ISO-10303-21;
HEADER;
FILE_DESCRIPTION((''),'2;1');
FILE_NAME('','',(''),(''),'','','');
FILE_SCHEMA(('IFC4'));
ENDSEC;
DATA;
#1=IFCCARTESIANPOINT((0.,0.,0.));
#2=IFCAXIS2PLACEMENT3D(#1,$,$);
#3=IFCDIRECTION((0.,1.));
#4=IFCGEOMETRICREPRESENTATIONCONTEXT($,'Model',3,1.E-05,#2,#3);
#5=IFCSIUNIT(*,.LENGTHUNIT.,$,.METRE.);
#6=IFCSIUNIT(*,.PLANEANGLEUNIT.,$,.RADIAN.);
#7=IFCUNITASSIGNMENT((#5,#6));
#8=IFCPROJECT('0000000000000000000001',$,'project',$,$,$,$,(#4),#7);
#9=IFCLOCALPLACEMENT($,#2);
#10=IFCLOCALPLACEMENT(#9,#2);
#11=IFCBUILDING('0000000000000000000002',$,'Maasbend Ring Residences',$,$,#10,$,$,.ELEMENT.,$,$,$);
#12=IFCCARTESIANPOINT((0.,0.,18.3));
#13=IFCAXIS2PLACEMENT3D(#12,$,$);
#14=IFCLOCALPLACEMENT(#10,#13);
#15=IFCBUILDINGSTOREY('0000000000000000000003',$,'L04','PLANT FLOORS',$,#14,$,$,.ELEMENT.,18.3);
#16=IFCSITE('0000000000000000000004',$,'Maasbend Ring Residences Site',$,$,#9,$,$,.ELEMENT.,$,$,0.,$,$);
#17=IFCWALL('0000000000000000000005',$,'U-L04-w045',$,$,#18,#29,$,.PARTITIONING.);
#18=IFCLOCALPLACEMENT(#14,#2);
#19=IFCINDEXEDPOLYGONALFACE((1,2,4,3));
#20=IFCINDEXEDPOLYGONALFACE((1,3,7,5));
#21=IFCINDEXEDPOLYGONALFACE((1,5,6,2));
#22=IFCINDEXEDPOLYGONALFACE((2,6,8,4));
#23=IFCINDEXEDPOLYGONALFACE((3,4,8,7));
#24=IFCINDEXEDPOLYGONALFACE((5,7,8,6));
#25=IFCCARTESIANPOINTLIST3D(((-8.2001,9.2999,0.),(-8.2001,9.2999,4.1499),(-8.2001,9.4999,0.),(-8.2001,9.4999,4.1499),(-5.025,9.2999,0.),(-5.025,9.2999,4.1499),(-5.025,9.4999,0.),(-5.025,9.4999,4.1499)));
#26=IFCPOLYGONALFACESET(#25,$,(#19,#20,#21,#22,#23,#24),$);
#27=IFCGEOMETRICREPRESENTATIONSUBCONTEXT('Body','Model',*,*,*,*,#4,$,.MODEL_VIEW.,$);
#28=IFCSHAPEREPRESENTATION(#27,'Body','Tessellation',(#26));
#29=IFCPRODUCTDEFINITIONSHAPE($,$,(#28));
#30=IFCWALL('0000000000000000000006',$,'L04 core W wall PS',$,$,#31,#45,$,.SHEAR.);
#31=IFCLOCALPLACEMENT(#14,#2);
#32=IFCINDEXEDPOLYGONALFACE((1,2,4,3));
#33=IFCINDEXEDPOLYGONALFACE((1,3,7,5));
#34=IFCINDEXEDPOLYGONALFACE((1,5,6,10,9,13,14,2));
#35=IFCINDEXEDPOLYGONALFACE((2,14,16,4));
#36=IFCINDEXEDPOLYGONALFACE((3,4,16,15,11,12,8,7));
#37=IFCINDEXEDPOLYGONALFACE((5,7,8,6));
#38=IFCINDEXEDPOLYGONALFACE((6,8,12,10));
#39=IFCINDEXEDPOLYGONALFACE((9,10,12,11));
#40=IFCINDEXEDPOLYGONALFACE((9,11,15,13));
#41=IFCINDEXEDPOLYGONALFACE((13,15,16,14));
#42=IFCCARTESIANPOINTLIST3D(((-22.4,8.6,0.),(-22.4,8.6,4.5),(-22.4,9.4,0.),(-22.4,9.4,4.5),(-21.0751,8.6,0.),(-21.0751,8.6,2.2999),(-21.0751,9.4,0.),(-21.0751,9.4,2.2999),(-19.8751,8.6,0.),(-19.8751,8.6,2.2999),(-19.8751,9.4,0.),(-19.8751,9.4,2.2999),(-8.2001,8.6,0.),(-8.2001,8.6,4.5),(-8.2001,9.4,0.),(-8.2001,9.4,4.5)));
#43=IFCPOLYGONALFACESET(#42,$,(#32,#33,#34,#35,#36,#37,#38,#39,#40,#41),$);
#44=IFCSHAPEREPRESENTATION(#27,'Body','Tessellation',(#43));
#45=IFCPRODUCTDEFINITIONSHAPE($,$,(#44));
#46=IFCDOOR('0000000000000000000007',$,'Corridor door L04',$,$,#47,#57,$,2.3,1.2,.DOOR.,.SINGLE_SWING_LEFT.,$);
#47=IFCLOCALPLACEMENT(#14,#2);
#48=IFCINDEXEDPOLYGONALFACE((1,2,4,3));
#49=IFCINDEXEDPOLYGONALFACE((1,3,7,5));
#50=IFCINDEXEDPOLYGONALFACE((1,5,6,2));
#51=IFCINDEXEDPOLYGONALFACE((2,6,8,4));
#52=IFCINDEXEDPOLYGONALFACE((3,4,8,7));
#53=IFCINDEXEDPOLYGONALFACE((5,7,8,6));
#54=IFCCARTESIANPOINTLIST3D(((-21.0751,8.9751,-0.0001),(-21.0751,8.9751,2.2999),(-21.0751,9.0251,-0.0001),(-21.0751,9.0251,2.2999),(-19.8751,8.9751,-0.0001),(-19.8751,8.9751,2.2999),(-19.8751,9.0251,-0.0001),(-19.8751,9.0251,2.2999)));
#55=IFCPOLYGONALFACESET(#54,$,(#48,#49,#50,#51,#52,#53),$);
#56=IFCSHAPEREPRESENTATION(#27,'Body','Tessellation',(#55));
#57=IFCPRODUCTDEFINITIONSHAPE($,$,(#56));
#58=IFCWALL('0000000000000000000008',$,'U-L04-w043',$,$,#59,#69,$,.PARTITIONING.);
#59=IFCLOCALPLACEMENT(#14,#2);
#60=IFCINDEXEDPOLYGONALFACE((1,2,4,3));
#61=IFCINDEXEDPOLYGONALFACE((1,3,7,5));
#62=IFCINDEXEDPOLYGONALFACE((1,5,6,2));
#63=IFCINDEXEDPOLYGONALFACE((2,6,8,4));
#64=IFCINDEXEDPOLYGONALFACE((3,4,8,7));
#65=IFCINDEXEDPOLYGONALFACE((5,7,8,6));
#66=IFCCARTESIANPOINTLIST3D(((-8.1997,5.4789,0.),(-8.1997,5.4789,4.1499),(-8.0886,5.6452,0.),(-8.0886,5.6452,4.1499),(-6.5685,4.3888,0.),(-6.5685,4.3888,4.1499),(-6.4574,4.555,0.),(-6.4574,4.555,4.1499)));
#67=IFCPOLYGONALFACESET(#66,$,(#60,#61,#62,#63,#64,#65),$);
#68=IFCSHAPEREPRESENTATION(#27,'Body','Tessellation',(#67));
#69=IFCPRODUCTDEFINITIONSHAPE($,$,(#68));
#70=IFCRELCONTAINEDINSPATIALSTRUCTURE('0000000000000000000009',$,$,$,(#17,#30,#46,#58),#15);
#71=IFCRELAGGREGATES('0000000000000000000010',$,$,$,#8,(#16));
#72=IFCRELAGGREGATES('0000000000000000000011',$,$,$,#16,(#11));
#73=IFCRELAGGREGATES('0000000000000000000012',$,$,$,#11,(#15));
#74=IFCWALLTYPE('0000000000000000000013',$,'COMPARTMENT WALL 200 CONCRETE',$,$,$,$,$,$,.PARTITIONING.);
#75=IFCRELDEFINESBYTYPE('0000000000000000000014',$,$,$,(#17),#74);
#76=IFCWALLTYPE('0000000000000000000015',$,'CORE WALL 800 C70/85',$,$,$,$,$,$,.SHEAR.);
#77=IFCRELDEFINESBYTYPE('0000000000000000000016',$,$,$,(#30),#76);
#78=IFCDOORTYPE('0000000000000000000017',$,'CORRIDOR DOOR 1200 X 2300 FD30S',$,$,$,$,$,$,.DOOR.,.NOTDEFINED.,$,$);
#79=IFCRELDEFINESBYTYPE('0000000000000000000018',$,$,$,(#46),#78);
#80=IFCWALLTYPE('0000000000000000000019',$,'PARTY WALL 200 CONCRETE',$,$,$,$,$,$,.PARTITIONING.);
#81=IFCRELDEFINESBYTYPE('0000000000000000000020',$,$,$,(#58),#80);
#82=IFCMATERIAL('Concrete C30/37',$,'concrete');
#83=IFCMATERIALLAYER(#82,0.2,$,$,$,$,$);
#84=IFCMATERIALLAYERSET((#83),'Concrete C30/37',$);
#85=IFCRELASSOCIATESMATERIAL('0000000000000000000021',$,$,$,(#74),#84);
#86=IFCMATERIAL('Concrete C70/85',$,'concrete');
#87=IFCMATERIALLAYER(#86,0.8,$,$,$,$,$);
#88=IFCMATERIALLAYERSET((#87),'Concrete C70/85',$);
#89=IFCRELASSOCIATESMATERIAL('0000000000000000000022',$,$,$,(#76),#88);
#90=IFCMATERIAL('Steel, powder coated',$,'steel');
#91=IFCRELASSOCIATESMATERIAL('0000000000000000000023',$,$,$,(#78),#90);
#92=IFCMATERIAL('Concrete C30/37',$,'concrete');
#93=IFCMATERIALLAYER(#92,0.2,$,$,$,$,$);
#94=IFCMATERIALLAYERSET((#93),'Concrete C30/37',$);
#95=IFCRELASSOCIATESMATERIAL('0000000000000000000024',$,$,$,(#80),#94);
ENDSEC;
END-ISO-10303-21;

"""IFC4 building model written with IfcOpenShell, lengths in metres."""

from ifc_helpers import new_model, si_unit, direction, frame, frame_2d, origin, place, context, subcontext, project, spatial, rectangle, extrude, material, layer, layer_set, type_object, element, fill, save


model = new_model("IFC4")

# Units and contexts
model_context = context("Model", 3, precision=1e-05, world=origin(), true_north=direction((0.0, 1.0)))
body_context = subcontext(model_context, "Body", "Model", "MODEL_VIEW")
ifc_project = project(units=[si_unit("LENGTHUNIT", "METRE"), si_unit("PLANEANGLEUNIT", "RADIAN")], contexts=[model_context])

# Site, building, storey
site_placement = place(None, origin())
site = spatial("IfcSite", under=ifc_project, at=site_placement, Name="Maasbend Ring Residences Site", CompositionType="ELEMENT", RefElevation=0.0)
building_placement = place(site_placement, origin())
building = spatial("IfcBuilding", under=site, at=building_placement, Name="Maasbend Ring Residences", CompositionType="ELEMENT")
storey_placement = place(building_placement, frame((0.0, 0.0, 18.3)))
storey = spatial("IfcBuildingStorey", under=building, at=storey_placement, Name="L04", Description="PLANT FLOORS", CompositionType="ELEMENT", Elevation=18.3)

# Wall
ifc_material_1 = material(Name="Concrete C30/37", Category="concrete")
ifc_layer_1 = layer(ifc_material_1, 0.2)
ifc_layer_set_1 = layer_set([ifc_layer_1], Name="Concrete C30/37")
wall_type_1 = type_object("IfcWallType", Name="COMPARTMENT WALL 200 CONCRETE", PredefinedType="PARTITIONING", material=ifc_layer_set_1)
wall_1_placement = place(storey_placement, frame((-8.2, 9.3999, 0.0), z_axis=(0.0, 0.0, 1.0), x_axis=(1.0, 0.0, 0.0)))
element("IfcWall", 1, at=wall_1_placement, inside=storey, type_object=wall_type_1, Name="U-L04-w045", PredefinedType="PARTITIONING", context=body_context, shape_type="SweptSolid", body=[
    extrude(rectangle(XDim=3.175, YDim=0.2, at=frame_2d((1.5874, 0.0))), origin(), (0.0, 0.0, 1.0), 4.1499),
])

# Wall, opening, door
ifc_material_2 = material(Name="Concrete C70/85", Category="concrete")
ifc_layer_2 = layer(ifc_material_2, 0.8)
ifc_layer_set_2 = layer_set([ifc_layer_2], Name="Concrete C70/85")
wall_type_2 = type_object("IfcWallType", Name="CORE WALL 800 C70/85", PredefinedType="SHEAR", material=ifc_layer_set_2)
wall_2_placement = place(storey_placement, frame((-8.2, 9.0, 0.0), z_axis=(0.0, 0.0, 1.0), x_axis=(-1.0, 0.0, 0.0)))
wall_2 = element("IfcWall", 2, at=wall_2_placement, inside=storey, type_object=wall_type_2, Name="L04 core W wall PS", PredefinedType="SHEAR", context=body_context, shape_type="SweptSolid", body=[
    extrude(rectangle(XDim=14.2, YDim=0.8, at=frame_2d((7.1001, 0.0))), origin(), (0.0, 0.0, 1.0), 4.5),
])
opening_placement = place(wall_2_placement, frame((11.675, 0.0, 0.0)))
opening = element("IfcOpeningElement", 3, at=opening_placement, cuts=wall_2, PredefinedType="OPENING", context=body_context, shape_type="SweptSolid", body=[
    extrude(rectangle(XDim=1.2, YDim=2.3, at=frame_2d((0.6001, 1.1499))), frame((0.0, 0.4102, 0.0), z_axis=(0.0, -1.0, 0.0), x_axis=(1.0, 0.0, 0.0)), (0.0, 0.0, 1.0), 0.8201),
])
ifc_material_3 = material(Name="Steel, powder coated", Category="steel")
door_type = type_object("IfcDoorType", Name="CORRIDOR DOOR 1200 X 2300 FD30S", OperationType="NOTDEFINED", PredefinedType="DOOR", material=ifc_material_3)
door_placement = place(opening_placement, origin())
door = element("IfcDoor", 4, at=door_placement, inside=storey, type_object=door_type, Name="Corridor door L04", OperationType="SINGLE_SWING_LEFT", OverallHeight=2.3, OverallWidth=1.2, PredefinedType="DOOR", context=body_context, shape_type="SweptSolid", body=[
    extrude(rectangle(XDim=1.2, YDim=2.3, at=frame_2d((0.6001, 1.1499))), frame((0.0, 0.0249, 0.0), z_axis=(0.0, -1.0, 0.0), x_axis=(1.0, 0.0, 0.0)), (0.0, 0.0, 1.0), 0.05),
])
fill(opening, door)

# Wall
ifc_material_4 = material(Name="Concrete C30/37", Category="concrete")
ifc_layer_3 = layer(ifc_material_4, 0.2)
ifc_layer_set_3 = layer_set([ifc_layer_3], Name="Concrete C30/37")
wall_type_3 = type_object("IfcWallType", Name="PARTY WALL 200 CONCRETE", PredefinedType="PARTITIONING", material=ifc_layer_set_3)
wall_3_placement = place(storey_placement, frame((-6.5129, 4.4719, 0.0), z_axis=(0.0, 0.0, 1.0), x_axis=(-0.831418, 0.555648, 0.0)))
element("IfcWall", 5, at=wall_3_placement, inside=storey, type_object=wall_type_3, Name="U-L04-w043", PredefinedType="PARTITIONING", context=body_context, shape_type="SweptSolid", body=[
    extrude(rectangle(XDim=1.9619, YDim=0.2, at=frame_2d((0.981, 0.0))), origin(), (0.0, 0.0, 1.0), 4.1499),
])

save(model, "model.ifc")
